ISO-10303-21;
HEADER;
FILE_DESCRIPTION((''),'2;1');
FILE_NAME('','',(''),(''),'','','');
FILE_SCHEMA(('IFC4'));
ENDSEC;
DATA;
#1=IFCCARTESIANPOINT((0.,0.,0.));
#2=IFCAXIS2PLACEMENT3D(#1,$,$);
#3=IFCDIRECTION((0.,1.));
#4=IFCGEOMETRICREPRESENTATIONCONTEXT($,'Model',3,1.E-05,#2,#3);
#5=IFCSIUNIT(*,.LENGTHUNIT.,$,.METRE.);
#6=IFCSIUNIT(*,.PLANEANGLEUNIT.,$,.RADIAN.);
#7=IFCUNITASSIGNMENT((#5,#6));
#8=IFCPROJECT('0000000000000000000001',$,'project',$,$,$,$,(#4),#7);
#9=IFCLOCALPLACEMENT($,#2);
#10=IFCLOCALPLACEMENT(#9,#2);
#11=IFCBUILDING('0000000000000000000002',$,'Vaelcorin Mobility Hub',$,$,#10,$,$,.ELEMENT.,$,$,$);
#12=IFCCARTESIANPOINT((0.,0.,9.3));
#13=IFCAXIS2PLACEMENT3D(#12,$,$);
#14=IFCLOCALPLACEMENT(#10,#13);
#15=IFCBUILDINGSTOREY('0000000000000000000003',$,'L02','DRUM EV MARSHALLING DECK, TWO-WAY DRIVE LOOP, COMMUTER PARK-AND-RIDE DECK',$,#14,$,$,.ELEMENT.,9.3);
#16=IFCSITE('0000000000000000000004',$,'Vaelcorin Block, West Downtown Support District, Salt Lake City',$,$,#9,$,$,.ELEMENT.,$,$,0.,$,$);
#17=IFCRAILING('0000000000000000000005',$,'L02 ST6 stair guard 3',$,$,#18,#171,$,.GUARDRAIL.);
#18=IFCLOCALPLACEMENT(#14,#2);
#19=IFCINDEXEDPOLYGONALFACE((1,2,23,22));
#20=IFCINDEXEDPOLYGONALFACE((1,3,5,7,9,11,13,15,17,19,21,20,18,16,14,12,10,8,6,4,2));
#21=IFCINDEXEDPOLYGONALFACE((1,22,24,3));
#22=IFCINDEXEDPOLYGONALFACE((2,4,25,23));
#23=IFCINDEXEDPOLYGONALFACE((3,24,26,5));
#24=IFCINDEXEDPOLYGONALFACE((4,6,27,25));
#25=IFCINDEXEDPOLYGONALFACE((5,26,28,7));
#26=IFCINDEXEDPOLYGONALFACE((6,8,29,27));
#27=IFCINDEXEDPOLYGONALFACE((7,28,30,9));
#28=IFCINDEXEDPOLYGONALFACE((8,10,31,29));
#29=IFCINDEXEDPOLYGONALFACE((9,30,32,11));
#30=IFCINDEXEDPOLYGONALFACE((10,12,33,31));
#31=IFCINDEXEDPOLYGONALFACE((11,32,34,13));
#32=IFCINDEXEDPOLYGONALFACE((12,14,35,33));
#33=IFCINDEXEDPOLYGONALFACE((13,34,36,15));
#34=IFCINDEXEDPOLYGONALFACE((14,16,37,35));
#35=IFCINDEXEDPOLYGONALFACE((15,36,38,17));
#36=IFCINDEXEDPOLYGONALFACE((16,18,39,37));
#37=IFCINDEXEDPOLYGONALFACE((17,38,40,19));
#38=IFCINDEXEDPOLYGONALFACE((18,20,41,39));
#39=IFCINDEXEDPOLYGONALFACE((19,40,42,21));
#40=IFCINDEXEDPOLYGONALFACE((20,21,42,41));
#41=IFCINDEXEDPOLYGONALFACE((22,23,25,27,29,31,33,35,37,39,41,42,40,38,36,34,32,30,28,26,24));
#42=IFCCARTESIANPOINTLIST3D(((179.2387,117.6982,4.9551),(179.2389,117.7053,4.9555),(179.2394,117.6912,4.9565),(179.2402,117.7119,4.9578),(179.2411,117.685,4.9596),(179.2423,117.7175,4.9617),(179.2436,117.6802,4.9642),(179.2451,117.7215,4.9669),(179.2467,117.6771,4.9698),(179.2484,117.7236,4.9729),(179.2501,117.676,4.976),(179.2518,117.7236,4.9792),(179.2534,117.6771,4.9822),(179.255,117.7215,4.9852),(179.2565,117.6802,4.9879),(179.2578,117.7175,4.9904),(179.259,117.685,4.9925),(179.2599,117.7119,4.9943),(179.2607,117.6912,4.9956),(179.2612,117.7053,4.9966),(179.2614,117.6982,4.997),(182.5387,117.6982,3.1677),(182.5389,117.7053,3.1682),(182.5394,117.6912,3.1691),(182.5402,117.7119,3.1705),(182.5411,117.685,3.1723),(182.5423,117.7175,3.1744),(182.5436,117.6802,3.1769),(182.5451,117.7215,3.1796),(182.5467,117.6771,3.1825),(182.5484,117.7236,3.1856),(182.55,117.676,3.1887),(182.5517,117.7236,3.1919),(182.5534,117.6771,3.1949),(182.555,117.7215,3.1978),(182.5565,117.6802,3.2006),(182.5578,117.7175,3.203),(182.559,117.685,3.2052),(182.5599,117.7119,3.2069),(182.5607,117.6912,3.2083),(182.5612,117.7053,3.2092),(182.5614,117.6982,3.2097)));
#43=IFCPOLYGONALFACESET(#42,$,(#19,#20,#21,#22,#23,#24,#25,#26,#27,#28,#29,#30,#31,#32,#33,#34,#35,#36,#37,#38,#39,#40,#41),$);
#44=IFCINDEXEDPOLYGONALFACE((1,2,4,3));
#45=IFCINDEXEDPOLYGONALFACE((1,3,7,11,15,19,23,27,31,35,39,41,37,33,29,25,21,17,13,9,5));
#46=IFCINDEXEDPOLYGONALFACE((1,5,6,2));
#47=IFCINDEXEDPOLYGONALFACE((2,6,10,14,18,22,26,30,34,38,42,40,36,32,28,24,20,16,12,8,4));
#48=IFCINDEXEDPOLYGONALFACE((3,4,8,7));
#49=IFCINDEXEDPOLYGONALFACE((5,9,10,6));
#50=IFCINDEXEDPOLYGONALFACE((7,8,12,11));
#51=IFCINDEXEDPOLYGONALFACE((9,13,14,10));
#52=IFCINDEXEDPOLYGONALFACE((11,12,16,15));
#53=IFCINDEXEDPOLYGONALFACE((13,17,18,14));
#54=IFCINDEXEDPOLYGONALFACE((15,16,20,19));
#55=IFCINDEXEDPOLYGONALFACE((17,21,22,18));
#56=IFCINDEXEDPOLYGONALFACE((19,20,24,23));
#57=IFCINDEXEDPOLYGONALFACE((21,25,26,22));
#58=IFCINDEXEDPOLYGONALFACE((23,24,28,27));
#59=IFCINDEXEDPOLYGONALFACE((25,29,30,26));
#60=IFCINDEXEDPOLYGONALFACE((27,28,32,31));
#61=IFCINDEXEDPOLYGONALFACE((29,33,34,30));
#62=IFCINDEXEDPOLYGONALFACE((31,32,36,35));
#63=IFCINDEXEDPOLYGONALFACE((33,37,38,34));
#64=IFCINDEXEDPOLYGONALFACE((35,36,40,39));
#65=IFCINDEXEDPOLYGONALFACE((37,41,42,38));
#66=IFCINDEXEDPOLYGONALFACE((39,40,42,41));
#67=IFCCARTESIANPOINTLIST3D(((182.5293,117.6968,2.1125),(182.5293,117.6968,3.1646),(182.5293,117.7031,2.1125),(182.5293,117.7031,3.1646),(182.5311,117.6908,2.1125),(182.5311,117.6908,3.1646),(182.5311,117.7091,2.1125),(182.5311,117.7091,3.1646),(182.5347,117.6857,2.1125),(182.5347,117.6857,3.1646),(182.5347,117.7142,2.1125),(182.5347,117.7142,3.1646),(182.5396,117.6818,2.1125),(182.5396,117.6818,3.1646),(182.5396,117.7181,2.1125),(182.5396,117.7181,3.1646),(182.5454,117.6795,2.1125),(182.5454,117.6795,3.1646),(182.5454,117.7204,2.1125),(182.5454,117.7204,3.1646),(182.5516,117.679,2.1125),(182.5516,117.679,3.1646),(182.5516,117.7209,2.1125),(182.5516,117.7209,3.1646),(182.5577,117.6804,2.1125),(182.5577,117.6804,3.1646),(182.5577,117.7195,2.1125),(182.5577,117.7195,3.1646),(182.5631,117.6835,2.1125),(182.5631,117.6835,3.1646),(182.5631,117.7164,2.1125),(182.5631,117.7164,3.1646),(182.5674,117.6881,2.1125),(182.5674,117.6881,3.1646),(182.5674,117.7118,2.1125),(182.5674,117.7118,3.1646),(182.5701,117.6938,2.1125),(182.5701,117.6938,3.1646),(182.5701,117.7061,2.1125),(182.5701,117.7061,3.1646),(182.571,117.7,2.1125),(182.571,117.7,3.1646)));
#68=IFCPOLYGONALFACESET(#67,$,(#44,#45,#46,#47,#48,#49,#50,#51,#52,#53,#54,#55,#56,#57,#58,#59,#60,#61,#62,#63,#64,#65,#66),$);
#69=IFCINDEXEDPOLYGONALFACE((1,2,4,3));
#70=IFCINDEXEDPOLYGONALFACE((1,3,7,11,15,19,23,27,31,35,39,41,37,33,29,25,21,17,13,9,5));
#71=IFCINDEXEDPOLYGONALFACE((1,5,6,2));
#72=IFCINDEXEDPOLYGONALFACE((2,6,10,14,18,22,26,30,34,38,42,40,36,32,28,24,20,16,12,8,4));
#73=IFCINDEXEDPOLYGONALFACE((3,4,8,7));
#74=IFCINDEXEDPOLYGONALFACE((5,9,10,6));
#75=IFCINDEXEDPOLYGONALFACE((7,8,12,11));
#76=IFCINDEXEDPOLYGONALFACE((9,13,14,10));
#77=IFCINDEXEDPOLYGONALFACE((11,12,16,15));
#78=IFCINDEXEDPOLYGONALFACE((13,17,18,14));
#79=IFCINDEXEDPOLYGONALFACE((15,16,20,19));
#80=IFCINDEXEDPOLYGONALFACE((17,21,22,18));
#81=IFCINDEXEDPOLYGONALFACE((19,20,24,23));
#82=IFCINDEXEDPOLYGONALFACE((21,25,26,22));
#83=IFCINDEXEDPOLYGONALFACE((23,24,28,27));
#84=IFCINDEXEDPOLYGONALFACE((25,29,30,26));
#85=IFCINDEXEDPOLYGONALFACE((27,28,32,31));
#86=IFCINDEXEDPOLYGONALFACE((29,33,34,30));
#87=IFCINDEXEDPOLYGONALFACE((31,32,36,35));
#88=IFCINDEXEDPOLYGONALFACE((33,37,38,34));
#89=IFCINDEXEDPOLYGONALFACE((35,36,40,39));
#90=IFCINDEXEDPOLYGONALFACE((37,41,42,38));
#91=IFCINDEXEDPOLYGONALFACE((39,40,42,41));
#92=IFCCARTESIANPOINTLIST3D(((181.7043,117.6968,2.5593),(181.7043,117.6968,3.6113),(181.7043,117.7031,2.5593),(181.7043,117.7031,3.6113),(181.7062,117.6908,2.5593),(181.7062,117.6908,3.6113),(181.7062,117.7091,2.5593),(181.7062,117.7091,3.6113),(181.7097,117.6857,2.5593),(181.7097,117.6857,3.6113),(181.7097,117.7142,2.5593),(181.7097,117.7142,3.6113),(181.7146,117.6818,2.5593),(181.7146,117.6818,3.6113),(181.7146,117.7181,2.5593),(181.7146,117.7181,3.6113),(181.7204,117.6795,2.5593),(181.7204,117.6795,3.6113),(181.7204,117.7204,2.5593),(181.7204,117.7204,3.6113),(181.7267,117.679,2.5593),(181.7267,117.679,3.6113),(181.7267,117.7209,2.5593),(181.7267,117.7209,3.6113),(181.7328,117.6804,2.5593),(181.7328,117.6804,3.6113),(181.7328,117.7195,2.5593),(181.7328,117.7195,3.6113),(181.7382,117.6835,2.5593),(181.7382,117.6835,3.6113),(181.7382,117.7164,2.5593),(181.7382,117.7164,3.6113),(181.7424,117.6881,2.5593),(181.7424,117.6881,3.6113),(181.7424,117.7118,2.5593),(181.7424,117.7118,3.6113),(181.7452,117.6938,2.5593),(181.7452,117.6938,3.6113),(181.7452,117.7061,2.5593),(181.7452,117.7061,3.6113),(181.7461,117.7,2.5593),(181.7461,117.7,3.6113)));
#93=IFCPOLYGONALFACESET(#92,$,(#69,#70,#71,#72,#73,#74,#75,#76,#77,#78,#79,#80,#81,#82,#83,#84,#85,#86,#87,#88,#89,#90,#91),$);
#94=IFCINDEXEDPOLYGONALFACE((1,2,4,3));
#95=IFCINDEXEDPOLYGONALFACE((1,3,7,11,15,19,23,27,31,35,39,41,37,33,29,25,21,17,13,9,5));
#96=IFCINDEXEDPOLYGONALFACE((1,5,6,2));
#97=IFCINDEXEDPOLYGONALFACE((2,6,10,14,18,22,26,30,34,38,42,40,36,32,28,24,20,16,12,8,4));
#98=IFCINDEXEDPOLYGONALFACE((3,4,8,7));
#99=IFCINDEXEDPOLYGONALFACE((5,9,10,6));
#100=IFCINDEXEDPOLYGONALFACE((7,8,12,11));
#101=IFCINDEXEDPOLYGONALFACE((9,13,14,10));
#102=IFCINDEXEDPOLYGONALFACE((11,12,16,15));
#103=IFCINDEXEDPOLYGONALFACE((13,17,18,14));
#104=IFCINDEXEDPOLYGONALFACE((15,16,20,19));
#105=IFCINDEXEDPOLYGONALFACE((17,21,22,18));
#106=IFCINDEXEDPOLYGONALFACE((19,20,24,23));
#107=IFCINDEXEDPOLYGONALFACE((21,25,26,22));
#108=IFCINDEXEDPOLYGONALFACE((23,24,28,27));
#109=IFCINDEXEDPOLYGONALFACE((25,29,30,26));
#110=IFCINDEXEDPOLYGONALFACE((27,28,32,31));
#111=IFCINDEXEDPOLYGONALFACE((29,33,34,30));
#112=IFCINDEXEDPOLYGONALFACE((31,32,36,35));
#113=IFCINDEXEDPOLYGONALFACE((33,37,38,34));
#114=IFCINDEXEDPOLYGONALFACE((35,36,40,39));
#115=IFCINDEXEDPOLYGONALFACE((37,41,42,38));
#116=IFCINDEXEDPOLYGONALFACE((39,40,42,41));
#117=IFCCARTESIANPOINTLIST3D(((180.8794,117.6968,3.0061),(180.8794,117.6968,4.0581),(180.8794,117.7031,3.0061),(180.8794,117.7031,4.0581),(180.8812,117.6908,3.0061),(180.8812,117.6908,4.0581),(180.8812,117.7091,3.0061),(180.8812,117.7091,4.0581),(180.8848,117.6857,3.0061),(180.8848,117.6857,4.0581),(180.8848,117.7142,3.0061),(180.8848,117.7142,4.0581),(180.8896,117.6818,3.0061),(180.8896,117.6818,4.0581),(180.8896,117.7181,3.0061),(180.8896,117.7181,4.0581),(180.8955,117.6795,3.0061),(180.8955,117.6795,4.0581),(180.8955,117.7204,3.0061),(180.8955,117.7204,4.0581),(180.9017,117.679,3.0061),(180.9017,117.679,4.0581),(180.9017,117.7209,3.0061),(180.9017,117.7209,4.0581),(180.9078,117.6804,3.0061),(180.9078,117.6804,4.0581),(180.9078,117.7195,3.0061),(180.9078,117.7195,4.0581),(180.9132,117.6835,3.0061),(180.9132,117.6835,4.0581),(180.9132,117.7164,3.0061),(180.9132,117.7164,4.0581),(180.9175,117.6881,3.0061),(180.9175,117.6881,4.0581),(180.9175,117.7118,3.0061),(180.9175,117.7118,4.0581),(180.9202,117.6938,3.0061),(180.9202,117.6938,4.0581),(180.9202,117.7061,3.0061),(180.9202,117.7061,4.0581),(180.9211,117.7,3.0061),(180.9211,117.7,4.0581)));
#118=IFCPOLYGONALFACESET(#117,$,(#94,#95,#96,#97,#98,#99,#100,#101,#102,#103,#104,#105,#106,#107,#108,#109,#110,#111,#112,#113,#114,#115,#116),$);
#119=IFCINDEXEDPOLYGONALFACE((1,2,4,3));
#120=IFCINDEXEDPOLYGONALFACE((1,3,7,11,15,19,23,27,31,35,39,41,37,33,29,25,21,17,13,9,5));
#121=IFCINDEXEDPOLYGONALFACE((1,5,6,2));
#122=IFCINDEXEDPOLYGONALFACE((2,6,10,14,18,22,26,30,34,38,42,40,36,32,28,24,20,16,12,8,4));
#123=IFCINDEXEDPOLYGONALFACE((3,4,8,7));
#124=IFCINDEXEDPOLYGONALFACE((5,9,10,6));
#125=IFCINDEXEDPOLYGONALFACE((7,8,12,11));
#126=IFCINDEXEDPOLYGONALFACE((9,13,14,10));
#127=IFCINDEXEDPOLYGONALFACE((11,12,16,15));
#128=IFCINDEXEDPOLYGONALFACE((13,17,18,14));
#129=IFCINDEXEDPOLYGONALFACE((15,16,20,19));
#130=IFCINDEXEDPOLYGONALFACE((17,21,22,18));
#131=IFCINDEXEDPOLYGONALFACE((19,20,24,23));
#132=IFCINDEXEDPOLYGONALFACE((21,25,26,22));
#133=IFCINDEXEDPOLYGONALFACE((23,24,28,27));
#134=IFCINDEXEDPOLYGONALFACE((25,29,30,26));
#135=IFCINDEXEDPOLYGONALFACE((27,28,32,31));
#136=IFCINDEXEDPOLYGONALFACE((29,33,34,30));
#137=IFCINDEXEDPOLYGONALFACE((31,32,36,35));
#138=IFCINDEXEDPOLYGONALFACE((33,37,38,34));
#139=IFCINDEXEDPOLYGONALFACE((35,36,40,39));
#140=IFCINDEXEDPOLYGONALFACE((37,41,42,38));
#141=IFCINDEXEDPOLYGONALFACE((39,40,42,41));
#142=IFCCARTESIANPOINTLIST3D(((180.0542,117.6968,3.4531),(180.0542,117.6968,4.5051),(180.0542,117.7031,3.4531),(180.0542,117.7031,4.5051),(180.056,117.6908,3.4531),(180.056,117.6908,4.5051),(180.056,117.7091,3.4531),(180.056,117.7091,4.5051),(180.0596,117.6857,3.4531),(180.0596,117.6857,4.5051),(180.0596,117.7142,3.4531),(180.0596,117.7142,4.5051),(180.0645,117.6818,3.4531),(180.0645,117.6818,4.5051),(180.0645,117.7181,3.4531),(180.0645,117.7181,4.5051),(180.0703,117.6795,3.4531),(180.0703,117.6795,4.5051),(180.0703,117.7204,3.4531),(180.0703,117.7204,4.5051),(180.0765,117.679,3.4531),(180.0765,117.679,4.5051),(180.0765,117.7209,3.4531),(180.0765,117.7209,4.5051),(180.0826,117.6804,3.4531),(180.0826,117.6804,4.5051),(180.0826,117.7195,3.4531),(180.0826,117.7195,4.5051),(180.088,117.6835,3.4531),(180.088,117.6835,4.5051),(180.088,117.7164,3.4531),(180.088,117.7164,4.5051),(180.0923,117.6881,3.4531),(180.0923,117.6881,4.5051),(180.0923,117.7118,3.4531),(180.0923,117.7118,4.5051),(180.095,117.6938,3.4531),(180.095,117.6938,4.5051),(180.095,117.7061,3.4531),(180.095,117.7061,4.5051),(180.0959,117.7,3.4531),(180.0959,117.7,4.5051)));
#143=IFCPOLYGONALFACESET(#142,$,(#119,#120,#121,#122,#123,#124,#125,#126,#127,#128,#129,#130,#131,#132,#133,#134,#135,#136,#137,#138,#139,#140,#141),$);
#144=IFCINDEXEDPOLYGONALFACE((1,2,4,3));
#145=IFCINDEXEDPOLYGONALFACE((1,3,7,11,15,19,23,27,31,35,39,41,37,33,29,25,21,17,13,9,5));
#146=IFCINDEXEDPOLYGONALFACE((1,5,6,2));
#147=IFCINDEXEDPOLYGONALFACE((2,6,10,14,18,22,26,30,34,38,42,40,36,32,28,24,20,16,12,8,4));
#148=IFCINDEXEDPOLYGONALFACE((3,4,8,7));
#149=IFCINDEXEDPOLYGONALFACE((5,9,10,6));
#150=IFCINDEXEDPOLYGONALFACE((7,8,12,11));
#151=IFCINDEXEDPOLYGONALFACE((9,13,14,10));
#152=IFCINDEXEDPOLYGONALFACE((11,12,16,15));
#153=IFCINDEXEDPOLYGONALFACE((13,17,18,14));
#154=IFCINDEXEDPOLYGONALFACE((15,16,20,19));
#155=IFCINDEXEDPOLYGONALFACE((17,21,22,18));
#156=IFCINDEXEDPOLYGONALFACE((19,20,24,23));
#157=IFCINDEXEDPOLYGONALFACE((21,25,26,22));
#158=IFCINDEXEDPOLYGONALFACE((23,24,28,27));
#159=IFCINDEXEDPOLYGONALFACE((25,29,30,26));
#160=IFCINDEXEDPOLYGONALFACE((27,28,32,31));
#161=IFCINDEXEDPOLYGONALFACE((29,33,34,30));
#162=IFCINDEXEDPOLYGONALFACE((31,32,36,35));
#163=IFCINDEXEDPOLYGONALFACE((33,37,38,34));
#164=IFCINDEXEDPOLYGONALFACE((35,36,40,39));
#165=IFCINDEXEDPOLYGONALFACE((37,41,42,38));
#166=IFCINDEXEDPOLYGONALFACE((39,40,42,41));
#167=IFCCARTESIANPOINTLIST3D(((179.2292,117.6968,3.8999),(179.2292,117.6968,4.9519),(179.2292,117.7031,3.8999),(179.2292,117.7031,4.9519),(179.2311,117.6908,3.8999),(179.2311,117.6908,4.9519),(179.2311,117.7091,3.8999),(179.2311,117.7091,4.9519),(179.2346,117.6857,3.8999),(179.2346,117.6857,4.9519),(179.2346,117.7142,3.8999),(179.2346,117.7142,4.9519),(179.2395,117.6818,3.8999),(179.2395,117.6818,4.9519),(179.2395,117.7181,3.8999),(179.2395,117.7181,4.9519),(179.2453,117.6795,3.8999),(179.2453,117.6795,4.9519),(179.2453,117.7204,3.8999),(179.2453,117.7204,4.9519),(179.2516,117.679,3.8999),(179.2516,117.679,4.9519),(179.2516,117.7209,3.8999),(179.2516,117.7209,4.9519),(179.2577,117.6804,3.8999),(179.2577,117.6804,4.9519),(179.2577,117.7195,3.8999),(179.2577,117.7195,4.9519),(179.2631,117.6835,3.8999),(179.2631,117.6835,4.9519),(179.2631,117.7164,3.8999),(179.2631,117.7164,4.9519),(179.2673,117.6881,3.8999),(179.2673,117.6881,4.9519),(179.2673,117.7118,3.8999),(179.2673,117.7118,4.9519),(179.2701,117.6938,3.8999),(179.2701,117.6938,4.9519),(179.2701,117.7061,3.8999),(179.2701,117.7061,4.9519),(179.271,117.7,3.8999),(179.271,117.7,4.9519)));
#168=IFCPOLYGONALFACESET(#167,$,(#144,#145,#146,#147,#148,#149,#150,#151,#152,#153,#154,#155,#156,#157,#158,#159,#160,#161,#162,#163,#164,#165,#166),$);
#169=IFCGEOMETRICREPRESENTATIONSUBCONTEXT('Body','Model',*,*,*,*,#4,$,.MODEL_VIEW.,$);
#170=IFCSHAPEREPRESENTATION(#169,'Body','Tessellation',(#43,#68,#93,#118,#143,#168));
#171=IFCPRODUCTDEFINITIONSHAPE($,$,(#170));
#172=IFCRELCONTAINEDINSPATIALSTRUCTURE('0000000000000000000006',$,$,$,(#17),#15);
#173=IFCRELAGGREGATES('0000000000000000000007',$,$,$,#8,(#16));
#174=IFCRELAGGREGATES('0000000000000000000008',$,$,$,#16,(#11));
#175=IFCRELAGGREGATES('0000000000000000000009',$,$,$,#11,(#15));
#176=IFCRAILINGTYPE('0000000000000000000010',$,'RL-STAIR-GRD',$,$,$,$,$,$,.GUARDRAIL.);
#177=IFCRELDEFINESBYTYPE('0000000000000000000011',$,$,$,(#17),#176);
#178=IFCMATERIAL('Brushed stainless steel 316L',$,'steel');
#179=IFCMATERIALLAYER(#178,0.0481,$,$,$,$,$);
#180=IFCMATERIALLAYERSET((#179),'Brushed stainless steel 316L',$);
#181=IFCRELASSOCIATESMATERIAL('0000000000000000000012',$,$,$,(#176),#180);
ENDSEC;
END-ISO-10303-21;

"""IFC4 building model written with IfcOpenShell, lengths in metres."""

from ifc_helpers import new_model, si_unit, direction, frame, origin, origin_2d, place, context, subcontext, project, spatial, circle, extrude, material, layer, layer_set, type_object, element, save


model = new_model("IFC4")

# Units and contexts
model_context = context("Model", 3, precision=1e-05, world=origin(), true_north=direction((0.0, 1.0)))
body_context = subcontext(model_context, "Body", "Model", "MODEL_VIEW")
ifc_project = project(units=[si_unit("LENGTHUNIT", "METRE"), si_unit("PLANEANGLEUNIT", "RADIAN")], contexts=[model_context])

# Site, building, storey
site_placement = place(None, origin())
site = spatial("IfcSite", under=ifc_project, at=site_placement, Name="Vaelcorin Block, West Downtown Support District, Salt Lake City", CompositionType="ELEMENT", RefElevation=0.0)
building_placement = place(site_placement, origin())
building = spatial("IfcBuilding", under=site, at=building_placement, Name="Vaelcorin Mobility Hub", CompositionType="ELEMENT")
storey_placement = place(building_placement, frame((0.0, 0.0, 9.3)))
storey = spatial("IfcBuildingStorey", under=building, at=storey_placement, Name="L02", Description="DRUM EV MARSHALLING DECK, TWO-WAY DRIVE LOOP, COMMUTER PARK-AND-RIDE DECK", CompositionType="ELEMENT", Elevation=9.3)

# Railing
ifc_material_1 = material(Name="Brushed stainless steel 316L", Category="steel")
ifc_layer_1 = layer(ifc_material_1, 0.0481)
ifc_layer_set_1 = layer_set([ifc_layer_1], Name="Brushed stainless steel 316L")
railing_type_1 = type_object("IfcRailingType", Name="RL-STAIR-GRD", PredefinedType="GUARDRAIL", material=ifc_layer_set_1)
railing_1_placement = place(storey_placement, frame((182.55, 117.7, 2.1125)))
element("IfcRailing", 1, at=railing_1_placement, inside=storey, type_object=railing_type_1, Name="L02 ST6 stair guard 3", PredefinedType="GUARDRAIL", context=body_context, shape_type="SweptSolid", body=[
    extrude(circle(Radius=0.0239, at=origin_2d()), frame((0.0, 0.0, 1.0762), z_axis=(-0.879311, 0.0, 0.476248), x_axis=(0.0, -1.0, 0.0)), (0.0, 0.0, 1.0), 3.7529),
    extrude(circle(Radius=0.021, at=origin_2d()), origin(), (0.0, 0.0, 1.0), 1.052),
    extrude(circle(Radius=0.021, at=origin_2d()), frame((-0.825, 0.0, 0.4468)), (0.0, 0.0, 1.0), 1.052),
    extrude(circle(Radius=0.021, at=origin_2d()), frame((-1.6499, 0.0, 0.8936)), (0.0, 0.0, 1.0), 1.052),
    extrude(circle(Radius=0.021, at=origin_2d()), frame((-2.4751, 0.0, 1.3406)), (0.0, 0.0, 1.0), 1.052),
    extrude(circle(Radius=0.021, at=origin_2d()), frame((-3.3, 0.0, 1.7874)), (0.0, 0.0, 1.0), 1.052),
])

save(model, "model.ifc")
